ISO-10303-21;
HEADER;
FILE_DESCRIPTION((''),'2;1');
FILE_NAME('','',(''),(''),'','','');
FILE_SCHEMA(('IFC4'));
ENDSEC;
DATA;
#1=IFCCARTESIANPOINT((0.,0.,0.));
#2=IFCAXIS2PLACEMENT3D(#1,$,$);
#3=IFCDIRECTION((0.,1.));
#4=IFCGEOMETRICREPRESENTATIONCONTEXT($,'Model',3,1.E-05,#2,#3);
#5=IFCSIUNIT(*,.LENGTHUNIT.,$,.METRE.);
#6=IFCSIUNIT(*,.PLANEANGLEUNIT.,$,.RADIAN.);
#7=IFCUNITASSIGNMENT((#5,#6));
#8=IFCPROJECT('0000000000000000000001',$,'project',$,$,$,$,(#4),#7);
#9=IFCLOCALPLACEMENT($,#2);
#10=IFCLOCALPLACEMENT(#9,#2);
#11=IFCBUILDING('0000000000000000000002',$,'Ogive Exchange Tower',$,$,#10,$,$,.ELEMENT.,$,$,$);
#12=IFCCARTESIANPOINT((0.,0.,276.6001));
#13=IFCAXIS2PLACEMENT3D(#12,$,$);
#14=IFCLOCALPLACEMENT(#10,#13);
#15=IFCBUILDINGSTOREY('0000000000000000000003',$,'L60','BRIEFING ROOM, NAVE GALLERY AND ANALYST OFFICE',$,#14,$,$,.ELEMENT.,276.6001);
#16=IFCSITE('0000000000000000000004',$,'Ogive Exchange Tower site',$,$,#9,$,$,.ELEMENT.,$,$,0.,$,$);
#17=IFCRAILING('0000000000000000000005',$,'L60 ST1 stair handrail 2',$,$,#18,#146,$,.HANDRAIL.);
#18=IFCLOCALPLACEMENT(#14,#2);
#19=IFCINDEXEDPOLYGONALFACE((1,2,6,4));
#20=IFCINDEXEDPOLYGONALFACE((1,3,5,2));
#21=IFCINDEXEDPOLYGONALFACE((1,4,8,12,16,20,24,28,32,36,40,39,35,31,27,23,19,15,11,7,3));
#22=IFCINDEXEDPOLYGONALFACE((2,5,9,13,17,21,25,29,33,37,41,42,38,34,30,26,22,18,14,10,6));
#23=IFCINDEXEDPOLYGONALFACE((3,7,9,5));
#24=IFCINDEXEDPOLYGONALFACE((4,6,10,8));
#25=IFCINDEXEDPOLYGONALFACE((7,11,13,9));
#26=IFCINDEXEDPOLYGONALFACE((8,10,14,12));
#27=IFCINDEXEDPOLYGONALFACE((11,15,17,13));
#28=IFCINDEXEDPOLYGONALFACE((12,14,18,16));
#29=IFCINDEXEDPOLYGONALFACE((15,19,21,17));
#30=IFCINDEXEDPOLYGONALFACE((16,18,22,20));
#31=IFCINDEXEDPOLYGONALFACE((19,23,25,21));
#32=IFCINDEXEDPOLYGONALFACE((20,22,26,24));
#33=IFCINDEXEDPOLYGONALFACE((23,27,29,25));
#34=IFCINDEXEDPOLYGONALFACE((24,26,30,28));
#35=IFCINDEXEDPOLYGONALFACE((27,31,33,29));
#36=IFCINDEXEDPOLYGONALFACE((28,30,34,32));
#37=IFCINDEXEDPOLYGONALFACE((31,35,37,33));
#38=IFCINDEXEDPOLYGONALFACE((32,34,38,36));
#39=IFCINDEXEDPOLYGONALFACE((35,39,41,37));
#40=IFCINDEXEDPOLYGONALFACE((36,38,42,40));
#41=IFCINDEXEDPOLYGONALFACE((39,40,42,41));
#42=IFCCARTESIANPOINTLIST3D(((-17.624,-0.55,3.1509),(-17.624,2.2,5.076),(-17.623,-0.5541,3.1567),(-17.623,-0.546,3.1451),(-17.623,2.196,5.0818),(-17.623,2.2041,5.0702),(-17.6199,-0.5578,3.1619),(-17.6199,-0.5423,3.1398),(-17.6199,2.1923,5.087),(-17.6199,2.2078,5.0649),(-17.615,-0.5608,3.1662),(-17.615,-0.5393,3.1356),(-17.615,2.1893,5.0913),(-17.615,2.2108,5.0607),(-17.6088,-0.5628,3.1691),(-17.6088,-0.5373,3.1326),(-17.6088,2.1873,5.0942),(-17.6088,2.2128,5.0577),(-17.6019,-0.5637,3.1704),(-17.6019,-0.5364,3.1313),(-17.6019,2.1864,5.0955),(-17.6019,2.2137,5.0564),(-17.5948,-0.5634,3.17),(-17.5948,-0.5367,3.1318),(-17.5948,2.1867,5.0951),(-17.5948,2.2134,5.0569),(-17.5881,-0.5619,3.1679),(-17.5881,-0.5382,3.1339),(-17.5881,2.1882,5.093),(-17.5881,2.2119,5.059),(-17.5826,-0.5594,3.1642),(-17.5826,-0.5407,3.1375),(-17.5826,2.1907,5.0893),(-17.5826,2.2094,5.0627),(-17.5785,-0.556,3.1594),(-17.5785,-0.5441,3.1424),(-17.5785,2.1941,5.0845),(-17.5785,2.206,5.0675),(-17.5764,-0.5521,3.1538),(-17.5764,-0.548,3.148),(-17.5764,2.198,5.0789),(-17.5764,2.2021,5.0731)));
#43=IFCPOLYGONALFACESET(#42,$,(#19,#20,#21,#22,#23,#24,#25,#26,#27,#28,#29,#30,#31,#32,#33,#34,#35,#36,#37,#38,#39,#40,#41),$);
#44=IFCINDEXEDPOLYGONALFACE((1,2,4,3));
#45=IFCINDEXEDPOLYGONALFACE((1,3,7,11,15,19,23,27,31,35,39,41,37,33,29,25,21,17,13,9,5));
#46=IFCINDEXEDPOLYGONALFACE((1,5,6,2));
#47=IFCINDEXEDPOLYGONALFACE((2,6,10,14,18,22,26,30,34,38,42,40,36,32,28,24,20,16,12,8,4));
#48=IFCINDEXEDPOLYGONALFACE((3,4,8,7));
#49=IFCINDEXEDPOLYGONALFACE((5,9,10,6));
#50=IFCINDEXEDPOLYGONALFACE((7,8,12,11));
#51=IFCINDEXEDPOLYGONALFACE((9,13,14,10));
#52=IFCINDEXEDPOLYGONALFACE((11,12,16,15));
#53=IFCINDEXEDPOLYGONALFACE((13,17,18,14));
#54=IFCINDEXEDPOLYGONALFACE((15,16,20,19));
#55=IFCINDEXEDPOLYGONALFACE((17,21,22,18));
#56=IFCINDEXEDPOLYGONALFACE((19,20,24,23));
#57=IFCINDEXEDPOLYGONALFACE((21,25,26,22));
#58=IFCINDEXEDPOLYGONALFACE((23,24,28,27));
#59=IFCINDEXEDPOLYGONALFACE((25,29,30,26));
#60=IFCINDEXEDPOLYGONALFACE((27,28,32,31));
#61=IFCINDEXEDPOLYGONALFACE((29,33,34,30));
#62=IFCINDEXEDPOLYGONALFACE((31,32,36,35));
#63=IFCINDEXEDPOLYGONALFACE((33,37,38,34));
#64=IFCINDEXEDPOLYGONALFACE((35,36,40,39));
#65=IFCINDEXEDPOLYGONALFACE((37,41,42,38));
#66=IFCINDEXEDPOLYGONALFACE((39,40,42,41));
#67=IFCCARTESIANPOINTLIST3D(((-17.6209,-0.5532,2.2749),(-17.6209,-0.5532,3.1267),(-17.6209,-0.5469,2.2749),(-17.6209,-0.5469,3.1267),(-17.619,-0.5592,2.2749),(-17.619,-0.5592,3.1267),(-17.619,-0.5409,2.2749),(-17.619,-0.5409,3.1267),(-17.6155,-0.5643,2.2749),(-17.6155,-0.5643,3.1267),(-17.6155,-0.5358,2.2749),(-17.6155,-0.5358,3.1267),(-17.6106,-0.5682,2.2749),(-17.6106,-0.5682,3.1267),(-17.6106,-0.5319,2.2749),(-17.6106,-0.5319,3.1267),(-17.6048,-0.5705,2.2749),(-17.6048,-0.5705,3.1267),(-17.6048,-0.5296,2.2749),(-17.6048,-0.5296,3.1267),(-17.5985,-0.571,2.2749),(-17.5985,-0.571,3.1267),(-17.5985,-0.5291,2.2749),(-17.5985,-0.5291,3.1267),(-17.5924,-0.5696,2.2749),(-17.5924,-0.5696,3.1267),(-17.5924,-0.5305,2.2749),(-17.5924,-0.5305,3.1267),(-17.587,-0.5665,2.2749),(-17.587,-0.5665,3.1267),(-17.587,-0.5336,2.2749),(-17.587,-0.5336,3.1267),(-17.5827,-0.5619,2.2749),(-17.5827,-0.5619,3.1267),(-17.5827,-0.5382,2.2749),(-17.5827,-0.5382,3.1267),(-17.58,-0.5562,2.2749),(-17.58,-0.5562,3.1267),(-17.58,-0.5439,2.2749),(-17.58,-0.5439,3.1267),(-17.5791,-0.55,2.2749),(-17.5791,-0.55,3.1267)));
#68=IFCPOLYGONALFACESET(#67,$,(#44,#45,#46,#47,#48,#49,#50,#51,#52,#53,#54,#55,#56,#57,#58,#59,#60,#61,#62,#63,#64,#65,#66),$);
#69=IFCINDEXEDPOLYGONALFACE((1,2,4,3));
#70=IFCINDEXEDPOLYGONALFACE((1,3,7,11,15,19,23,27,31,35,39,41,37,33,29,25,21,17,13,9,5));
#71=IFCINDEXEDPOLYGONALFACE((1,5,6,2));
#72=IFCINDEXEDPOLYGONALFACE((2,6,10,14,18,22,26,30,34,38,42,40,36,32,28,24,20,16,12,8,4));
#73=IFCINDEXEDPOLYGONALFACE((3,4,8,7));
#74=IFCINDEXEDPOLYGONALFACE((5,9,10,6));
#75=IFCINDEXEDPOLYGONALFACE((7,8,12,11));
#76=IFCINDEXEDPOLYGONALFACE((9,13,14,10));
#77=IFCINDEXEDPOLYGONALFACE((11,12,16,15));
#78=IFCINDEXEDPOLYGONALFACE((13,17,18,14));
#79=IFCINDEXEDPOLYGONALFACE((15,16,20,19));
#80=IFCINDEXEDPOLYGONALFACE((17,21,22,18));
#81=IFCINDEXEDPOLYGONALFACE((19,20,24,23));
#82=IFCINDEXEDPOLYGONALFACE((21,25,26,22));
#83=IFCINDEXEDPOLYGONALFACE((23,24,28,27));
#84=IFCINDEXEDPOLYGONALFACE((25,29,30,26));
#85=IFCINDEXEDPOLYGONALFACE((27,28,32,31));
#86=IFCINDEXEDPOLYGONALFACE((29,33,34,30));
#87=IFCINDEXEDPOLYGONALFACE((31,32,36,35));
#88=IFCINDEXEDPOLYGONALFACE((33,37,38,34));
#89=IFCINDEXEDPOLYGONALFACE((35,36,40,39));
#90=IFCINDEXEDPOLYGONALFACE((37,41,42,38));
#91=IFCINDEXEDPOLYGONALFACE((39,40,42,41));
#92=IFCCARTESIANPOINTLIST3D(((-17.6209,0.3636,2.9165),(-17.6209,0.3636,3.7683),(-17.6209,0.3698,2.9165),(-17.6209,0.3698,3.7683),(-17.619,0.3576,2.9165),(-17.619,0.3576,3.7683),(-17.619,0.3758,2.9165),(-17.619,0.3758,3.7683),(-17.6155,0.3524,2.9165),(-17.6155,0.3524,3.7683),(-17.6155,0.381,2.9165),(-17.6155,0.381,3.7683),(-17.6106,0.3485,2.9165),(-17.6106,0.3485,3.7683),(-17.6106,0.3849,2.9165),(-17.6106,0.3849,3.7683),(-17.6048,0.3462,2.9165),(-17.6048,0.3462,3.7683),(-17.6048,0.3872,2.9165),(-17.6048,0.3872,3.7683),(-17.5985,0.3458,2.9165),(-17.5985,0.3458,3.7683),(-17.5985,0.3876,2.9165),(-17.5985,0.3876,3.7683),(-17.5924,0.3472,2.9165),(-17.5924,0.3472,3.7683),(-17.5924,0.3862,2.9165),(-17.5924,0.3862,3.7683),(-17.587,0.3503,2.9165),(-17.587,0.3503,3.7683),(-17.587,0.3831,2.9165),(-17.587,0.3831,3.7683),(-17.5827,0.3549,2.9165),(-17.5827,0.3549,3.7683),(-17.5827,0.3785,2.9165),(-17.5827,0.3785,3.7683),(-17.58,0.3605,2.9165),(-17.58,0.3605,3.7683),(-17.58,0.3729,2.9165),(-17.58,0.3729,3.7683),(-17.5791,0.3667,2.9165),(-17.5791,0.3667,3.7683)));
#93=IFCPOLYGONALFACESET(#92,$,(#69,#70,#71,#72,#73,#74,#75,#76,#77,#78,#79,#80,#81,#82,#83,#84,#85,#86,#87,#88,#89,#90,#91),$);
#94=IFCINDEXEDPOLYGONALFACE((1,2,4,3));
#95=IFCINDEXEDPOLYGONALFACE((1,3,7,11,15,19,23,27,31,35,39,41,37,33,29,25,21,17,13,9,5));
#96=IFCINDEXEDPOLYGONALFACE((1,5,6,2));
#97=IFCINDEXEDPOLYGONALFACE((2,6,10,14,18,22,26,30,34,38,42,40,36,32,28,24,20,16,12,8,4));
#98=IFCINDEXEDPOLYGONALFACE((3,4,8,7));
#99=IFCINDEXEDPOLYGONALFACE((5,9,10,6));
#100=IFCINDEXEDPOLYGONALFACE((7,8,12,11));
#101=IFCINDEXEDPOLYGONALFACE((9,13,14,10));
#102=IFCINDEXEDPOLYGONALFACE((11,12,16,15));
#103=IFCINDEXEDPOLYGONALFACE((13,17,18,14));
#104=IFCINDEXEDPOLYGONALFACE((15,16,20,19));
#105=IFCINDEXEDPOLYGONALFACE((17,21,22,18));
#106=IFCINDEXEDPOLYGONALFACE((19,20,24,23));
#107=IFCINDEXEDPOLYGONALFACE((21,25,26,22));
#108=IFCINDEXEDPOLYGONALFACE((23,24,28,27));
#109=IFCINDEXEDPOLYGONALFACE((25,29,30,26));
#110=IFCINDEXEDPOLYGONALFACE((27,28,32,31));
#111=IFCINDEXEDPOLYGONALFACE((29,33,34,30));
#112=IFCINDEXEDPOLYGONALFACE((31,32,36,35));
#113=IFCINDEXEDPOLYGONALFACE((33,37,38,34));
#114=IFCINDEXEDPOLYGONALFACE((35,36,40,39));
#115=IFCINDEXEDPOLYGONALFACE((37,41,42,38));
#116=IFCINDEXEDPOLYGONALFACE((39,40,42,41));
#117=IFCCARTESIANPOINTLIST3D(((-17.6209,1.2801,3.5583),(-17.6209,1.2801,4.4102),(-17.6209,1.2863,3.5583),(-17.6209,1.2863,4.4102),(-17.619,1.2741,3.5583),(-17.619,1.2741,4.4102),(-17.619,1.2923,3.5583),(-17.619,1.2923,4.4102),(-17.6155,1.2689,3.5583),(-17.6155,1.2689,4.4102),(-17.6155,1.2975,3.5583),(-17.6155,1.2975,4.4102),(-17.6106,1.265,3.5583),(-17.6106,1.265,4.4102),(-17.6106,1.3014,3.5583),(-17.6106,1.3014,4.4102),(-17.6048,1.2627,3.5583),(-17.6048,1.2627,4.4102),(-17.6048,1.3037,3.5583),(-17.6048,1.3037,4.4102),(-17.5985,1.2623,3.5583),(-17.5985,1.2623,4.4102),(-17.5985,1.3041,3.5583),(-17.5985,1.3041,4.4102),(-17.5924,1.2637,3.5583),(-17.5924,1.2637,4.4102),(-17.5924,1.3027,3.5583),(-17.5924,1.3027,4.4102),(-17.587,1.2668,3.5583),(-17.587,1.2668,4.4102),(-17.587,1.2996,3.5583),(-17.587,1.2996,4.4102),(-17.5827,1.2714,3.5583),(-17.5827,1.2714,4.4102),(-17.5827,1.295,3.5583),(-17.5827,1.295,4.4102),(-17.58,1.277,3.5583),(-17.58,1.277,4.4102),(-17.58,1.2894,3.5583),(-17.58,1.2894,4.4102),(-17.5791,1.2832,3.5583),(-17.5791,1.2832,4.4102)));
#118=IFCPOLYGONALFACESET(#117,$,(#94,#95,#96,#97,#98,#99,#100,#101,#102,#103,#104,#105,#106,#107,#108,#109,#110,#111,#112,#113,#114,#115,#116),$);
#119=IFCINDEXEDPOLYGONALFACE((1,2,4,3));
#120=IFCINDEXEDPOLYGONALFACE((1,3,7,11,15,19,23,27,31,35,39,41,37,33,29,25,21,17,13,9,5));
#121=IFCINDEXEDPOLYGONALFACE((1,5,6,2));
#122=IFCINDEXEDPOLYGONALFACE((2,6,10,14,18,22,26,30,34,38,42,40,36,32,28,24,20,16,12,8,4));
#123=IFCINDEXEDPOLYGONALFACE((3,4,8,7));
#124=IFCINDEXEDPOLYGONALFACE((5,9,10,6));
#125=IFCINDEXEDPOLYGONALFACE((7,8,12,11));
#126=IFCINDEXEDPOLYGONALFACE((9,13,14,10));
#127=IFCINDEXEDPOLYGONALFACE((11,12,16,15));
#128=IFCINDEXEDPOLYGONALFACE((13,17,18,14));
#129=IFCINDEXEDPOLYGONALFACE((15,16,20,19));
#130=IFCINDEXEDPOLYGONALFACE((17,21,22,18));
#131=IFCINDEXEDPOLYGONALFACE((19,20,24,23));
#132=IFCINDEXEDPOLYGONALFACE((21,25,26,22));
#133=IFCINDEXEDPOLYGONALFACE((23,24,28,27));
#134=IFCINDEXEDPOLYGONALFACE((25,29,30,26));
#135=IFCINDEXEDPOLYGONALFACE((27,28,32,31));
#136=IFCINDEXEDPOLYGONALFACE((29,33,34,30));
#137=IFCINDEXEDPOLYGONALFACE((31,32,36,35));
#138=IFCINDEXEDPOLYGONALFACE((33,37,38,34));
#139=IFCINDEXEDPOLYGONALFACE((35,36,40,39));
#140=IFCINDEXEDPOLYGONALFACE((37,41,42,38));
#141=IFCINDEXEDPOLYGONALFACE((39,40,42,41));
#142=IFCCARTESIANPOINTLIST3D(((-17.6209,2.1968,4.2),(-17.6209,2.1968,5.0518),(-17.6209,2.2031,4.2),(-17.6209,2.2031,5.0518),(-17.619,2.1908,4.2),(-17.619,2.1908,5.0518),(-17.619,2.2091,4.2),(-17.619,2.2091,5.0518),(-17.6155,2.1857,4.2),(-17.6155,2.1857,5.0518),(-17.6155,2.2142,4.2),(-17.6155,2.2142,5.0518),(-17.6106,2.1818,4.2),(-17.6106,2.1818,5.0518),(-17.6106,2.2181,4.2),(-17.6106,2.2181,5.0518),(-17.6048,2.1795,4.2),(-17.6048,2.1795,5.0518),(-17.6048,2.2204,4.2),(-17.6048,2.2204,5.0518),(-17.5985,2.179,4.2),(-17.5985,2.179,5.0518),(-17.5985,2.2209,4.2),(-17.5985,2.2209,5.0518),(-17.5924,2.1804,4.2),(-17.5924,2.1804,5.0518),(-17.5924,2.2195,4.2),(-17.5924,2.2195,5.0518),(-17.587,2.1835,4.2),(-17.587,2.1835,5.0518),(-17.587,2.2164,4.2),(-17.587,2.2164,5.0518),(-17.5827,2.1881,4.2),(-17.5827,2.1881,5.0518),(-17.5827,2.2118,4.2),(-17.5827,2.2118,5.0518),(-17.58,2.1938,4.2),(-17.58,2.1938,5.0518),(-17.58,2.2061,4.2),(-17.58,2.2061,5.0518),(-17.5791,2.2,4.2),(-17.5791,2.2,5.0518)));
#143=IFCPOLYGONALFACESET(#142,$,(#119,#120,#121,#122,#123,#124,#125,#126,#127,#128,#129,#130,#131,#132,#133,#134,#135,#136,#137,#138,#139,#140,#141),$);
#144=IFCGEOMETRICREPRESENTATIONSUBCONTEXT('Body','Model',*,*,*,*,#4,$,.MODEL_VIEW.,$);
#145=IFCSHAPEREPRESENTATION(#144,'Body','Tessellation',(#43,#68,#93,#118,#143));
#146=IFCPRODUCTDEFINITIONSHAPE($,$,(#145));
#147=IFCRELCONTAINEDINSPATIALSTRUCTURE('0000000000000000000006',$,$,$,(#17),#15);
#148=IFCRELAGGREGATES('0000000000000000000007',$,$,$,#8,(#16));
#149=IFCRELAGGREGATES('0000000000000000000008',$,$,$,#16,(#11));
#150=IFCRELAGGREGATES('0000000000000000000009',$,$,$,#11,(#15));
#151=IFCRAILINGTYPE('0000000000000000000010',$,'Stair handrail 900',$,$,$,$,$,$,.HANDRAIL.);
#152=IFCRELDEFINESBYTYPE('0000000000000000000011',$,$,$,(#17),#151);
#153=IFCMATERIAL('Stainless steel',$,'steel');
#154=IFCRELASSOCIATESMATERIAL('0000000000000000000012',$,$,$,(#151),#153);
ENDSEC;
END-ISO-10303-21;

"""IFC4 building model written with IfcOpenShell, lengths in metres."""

from ifc_helpers import new_model, si_unit, direction, frame, origin, origin_2d, place, context, subcontext, project, spatial, circle, extrude, material, type_object, element, save


model = new_model("IFC4")

# Units and contexts
model_context = context("Model", 3, precision=1e-05, world=origin(), true_north=direction((0.0, 1.0)))
body_context = subcontext(model_context, "Body", "Model", "MODEL_VIEW")
ifc_project = project(units=[si_unit("LENGTHUNIT", "METRE"), si_unit("PLANEANGLEUNIT", "RADIAN")], contexts=[model_context])

# Site, building, storey
site_placement = place(None, origin())
site = spatial("IfcSite", under=ifc_project, at=site_placement, Name="Ogive Exchange Tower site", CompositionType="ELEMENT", RefElevation=0.0)
building_placement = place(site_placement, origin())
building = spatial("IfcBuilding", under=site, at=building_placement, Name="Ogive Exchange Tower", CompositionType="ELEMENT")
storey_placement = place(building_placement, frame((0.0, 0.0, 276.6001)))
storey = spatial("IfcBuildingStorey", under=building, at=storey_placement, Name="L60", Description="BRIEFING ROOM, NAVE GALLERY AND ANALYST OFFICE", CompositionType="ELEMENT", Elevation=276.6001)

# Shared definitions
ifc_material_1 = material(Name="Stainless steel", Category="steel")

# Railing
railing_type = type_object("IfcRailingType", Name="Stair handrail 900", PredefinedType="HANDRAIL", material=ifc_material_1)
railing_placement = place(storey_placement, frame((-17.6001, -0.55, 2.2749)))
element("IfcRailing", 1, at=railing_placement, inside=storey, type_object=railing_type, Name="L60 ST1 stair handrail 2", PredefinedType="HANDRAIL", context=body_context, shape_type="SweptSolid", body=[
    extrude(circle(Radius=0.0239, at=origin_2d()), frame((0.0, 0.0, 0.876), z_axis=(0.0, 0.819225, 0.573472), x_axis=(-1.0, 0.0, 0.0)), (0.0, 0.0, 1.0), 3.3569),
    extrude(circle(Radius=0.021, at=origin_2d()), origin(), (0.0, 0.0, 1.0), 0.8518),
    extrude(circle(Radius=0.021, at=origin_2d()), frame((0.0, 0.9167, 0.6416)), (0.0, 0.0, 1.0), 0.8518),
    extrude(circle(Radius=0.021, at=origin_2d()), frame((0.0, 1.8333, 1.2834)), (0.0, 0.0, 1.0), 0.8518),
    extrude(circle(Radius=0.021, at=origin_2d()), frame((0.0, 2.75, 1.925)), (0.0, 0.0, 1.0), 0.8518),
])

save(model, "model.ifc")
